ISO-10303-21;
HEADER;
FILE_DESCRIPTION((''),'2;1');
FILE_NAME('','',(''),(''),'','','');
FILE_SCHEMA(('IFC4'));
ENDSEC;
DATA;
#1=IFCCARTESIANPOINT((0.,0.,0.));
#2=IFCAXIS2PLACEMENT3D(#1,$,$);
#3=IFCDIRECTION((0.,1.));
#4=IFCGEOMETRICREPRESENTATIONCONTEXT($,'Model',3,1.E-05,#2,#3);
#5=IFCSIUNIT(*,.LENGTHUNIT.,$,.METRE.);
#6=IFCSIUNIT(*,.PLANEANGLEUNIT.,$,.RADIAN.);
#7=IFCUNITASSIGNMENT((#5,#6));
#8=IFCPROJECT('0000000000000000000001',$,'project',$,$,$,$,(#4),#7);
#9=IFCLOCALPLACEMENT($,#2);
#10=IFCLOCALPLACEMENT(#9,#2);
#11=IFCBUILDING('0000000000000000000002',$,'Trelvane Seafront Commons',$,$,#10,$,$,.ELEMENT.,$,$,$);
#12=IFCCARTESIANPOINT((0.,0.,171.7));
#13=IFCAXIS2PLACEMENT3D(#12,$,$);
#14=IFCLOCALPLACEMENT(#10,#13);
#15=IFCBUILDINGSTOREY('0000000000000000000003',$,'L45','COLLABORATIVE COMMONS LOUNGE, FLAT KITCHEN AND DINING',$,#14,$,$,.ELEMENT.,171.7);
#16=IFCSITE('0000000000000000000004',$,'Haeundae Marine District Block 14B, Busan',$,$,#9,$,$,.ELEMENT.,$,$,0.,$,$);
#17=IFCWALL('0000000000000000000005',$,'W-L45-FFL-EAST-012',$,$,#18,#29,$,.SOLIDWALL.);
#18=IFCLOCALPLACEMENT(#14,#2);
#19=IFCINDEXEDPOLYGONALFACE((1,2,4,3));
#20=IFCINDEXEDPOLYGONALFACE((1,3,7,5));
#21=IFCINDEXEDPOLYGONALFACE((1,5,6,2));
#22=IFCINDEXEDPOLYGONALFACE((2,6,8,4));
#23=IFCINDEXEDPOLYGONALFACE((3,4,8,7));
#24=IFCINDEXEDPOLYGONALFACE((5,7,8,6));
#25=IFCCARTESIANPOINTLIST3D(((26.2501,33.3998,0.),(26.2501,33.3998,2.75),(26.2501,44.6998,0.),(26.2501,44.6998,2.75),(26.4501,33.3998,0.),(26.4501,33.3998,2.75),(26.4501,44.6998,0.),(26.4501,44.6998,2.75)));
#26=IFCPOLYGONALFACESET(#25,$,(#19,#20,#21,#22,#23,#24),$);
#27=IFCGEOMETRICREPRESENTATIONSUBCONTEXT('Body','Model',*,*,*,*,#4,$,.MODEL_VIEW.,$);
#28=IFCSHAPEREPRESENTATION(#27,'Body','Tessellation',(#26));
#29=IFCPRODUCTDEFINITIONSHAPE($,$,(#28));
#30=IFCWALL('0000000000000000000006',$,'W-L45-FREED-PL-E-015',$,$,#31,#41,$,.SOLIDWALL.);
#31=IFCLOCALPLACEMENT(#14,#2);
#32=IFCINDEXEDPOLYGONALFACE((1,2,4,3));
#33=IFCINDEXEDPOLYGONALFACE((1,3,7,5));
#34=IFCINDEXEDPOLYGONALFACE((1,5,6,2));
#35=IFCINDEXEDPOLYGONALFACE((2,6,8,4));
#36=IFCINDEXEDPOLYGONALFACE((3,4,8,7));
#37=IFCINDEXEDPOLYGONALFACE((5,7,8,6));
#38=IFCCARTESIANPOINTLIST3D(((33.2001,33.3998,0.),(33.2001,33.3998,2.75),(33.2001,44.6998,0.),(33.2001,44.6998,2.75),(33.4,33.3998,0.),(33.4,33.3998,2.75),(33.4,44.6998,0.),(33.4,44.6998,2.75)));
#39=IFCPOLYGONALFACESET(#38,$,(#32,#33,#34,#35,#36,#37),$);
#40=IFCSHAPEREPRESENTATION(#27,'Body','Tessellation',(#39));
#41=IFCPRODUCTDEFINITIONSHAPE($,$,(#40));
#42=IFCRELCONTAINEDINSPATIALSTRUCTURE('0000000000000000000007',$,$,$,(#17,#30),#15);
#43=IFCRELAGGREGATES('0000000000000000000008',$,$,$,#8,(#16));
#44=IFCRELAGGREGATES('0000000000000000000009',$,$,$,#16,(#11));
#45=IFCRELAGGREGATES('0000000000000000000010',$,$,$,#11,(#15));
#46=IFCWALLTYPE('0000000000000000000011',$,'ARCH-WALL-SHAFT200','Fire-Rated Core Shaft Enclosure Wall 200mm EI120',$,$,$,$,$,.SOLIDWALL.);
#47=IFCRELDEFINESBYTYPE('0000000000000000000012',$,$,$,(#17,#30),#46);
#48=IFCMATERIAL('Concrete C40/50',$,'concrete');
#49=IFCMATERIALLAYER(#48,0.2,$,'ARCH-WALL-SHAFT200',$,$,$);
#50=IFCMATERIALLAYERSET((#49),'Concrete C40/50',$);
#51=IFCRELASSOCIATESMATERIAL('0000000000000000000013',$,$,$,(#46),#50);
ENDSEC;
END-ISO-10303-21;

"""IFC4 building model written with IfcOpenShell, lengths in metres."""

from ifc_helpers import new_model, si_unit, direction, frame, frame_2d, origin, place, context, subcontext, project, spatial, rectangle, extrude, material, layer, layer_set, type_object, element, save


model = new_model("IFC4")

# Units and contexts
model_context = context("Model", 3, precision=1e-05, world=origin(), true_north=direction((0.0, 1.0)))
body_context = subcontext(model_context, "Body", "Model", "MODEL_VIEW")
ifc_project = project(units=[si_unit("LENGTHUNIT", "METRE"), si_unit("PLANEANGLEUNIT", "RADIAN")], contexts=[model_context])

# Site, building, storey
site_placement = place(None, origin())
site = spatial("IfcSite", under=ifc_project, at=site_placement, Name="Haeundae Marine District Block 14B, Busan", CompositionType="ELEMENT", RefElevation=0.0)
building_placement = place(site_placement, origin())
building = spatial("IfcBuilding", under=site, at=building_placement, Name="Trelvane Seafront Commons", CompositionType="ELEMENT")
storey_placement = place(building_placement, frame((0.0, 0.0, 171.7)))
storey = spatial("IfcBuildingStorey", under=building, at=storey_placement, Name="L45", Description="COLLABORATIVE COMMONS LOUNGE, FLAT KITCHEN AND DINING", CompositionType="ELEMENT", Elevation=171.7)

# Shared definitions
ifc_material_1 = material(Name="Concrete C40/50", Category="concrete")

# Walls
ifc_layer_1 = layer(ifc_material_1, 0.2, Name="ARCH-WALL-SHAFT200")
ifc_layer_set_1 = layer_set([ifc_layer_1], Name="Concrete C40/50")
wall_type_1 = type_object("IfcWallType", Name="ARCH-WALL-SHAFT200", Description="Fire-Rated Core Shaft Enclosure Wall 200mm EI120", PredefinedType="SOLIDWALL", material=ifc_layer_set_1)
for number, where, z_axis, x_axis, name in (
    (1, (26.3501, 33.3999, 0.0), (0.0, 0.0, 1.0), (0.0, 1.0, 0.0), "W-L45-FFL-EAST-012"),
    (2, (33.3, 33.3999, 0.0), (0.0, 0.0, 1.0), (0.0, 1.0, 0.0), "W-L45-FREED-PL-E-015"),
):
    element("IfcWall", number, at=place(storey_placement, frame(where, z_axis=z_axis, x_axis=x_axis)), inside=storey, type_object=wall_type_1, Name=name, PredefinedType="SOLIDWALL", context=body_context, shape_type="SweptSolid", body=[
        extrude(rectangle(XDim=11.3, YDim=0.2, at=frame_2d((5.6499, 0.0))), origin(), (0.0, 0.0, 1.0), 2.75),
    ])

save(model, "model.ifc")
